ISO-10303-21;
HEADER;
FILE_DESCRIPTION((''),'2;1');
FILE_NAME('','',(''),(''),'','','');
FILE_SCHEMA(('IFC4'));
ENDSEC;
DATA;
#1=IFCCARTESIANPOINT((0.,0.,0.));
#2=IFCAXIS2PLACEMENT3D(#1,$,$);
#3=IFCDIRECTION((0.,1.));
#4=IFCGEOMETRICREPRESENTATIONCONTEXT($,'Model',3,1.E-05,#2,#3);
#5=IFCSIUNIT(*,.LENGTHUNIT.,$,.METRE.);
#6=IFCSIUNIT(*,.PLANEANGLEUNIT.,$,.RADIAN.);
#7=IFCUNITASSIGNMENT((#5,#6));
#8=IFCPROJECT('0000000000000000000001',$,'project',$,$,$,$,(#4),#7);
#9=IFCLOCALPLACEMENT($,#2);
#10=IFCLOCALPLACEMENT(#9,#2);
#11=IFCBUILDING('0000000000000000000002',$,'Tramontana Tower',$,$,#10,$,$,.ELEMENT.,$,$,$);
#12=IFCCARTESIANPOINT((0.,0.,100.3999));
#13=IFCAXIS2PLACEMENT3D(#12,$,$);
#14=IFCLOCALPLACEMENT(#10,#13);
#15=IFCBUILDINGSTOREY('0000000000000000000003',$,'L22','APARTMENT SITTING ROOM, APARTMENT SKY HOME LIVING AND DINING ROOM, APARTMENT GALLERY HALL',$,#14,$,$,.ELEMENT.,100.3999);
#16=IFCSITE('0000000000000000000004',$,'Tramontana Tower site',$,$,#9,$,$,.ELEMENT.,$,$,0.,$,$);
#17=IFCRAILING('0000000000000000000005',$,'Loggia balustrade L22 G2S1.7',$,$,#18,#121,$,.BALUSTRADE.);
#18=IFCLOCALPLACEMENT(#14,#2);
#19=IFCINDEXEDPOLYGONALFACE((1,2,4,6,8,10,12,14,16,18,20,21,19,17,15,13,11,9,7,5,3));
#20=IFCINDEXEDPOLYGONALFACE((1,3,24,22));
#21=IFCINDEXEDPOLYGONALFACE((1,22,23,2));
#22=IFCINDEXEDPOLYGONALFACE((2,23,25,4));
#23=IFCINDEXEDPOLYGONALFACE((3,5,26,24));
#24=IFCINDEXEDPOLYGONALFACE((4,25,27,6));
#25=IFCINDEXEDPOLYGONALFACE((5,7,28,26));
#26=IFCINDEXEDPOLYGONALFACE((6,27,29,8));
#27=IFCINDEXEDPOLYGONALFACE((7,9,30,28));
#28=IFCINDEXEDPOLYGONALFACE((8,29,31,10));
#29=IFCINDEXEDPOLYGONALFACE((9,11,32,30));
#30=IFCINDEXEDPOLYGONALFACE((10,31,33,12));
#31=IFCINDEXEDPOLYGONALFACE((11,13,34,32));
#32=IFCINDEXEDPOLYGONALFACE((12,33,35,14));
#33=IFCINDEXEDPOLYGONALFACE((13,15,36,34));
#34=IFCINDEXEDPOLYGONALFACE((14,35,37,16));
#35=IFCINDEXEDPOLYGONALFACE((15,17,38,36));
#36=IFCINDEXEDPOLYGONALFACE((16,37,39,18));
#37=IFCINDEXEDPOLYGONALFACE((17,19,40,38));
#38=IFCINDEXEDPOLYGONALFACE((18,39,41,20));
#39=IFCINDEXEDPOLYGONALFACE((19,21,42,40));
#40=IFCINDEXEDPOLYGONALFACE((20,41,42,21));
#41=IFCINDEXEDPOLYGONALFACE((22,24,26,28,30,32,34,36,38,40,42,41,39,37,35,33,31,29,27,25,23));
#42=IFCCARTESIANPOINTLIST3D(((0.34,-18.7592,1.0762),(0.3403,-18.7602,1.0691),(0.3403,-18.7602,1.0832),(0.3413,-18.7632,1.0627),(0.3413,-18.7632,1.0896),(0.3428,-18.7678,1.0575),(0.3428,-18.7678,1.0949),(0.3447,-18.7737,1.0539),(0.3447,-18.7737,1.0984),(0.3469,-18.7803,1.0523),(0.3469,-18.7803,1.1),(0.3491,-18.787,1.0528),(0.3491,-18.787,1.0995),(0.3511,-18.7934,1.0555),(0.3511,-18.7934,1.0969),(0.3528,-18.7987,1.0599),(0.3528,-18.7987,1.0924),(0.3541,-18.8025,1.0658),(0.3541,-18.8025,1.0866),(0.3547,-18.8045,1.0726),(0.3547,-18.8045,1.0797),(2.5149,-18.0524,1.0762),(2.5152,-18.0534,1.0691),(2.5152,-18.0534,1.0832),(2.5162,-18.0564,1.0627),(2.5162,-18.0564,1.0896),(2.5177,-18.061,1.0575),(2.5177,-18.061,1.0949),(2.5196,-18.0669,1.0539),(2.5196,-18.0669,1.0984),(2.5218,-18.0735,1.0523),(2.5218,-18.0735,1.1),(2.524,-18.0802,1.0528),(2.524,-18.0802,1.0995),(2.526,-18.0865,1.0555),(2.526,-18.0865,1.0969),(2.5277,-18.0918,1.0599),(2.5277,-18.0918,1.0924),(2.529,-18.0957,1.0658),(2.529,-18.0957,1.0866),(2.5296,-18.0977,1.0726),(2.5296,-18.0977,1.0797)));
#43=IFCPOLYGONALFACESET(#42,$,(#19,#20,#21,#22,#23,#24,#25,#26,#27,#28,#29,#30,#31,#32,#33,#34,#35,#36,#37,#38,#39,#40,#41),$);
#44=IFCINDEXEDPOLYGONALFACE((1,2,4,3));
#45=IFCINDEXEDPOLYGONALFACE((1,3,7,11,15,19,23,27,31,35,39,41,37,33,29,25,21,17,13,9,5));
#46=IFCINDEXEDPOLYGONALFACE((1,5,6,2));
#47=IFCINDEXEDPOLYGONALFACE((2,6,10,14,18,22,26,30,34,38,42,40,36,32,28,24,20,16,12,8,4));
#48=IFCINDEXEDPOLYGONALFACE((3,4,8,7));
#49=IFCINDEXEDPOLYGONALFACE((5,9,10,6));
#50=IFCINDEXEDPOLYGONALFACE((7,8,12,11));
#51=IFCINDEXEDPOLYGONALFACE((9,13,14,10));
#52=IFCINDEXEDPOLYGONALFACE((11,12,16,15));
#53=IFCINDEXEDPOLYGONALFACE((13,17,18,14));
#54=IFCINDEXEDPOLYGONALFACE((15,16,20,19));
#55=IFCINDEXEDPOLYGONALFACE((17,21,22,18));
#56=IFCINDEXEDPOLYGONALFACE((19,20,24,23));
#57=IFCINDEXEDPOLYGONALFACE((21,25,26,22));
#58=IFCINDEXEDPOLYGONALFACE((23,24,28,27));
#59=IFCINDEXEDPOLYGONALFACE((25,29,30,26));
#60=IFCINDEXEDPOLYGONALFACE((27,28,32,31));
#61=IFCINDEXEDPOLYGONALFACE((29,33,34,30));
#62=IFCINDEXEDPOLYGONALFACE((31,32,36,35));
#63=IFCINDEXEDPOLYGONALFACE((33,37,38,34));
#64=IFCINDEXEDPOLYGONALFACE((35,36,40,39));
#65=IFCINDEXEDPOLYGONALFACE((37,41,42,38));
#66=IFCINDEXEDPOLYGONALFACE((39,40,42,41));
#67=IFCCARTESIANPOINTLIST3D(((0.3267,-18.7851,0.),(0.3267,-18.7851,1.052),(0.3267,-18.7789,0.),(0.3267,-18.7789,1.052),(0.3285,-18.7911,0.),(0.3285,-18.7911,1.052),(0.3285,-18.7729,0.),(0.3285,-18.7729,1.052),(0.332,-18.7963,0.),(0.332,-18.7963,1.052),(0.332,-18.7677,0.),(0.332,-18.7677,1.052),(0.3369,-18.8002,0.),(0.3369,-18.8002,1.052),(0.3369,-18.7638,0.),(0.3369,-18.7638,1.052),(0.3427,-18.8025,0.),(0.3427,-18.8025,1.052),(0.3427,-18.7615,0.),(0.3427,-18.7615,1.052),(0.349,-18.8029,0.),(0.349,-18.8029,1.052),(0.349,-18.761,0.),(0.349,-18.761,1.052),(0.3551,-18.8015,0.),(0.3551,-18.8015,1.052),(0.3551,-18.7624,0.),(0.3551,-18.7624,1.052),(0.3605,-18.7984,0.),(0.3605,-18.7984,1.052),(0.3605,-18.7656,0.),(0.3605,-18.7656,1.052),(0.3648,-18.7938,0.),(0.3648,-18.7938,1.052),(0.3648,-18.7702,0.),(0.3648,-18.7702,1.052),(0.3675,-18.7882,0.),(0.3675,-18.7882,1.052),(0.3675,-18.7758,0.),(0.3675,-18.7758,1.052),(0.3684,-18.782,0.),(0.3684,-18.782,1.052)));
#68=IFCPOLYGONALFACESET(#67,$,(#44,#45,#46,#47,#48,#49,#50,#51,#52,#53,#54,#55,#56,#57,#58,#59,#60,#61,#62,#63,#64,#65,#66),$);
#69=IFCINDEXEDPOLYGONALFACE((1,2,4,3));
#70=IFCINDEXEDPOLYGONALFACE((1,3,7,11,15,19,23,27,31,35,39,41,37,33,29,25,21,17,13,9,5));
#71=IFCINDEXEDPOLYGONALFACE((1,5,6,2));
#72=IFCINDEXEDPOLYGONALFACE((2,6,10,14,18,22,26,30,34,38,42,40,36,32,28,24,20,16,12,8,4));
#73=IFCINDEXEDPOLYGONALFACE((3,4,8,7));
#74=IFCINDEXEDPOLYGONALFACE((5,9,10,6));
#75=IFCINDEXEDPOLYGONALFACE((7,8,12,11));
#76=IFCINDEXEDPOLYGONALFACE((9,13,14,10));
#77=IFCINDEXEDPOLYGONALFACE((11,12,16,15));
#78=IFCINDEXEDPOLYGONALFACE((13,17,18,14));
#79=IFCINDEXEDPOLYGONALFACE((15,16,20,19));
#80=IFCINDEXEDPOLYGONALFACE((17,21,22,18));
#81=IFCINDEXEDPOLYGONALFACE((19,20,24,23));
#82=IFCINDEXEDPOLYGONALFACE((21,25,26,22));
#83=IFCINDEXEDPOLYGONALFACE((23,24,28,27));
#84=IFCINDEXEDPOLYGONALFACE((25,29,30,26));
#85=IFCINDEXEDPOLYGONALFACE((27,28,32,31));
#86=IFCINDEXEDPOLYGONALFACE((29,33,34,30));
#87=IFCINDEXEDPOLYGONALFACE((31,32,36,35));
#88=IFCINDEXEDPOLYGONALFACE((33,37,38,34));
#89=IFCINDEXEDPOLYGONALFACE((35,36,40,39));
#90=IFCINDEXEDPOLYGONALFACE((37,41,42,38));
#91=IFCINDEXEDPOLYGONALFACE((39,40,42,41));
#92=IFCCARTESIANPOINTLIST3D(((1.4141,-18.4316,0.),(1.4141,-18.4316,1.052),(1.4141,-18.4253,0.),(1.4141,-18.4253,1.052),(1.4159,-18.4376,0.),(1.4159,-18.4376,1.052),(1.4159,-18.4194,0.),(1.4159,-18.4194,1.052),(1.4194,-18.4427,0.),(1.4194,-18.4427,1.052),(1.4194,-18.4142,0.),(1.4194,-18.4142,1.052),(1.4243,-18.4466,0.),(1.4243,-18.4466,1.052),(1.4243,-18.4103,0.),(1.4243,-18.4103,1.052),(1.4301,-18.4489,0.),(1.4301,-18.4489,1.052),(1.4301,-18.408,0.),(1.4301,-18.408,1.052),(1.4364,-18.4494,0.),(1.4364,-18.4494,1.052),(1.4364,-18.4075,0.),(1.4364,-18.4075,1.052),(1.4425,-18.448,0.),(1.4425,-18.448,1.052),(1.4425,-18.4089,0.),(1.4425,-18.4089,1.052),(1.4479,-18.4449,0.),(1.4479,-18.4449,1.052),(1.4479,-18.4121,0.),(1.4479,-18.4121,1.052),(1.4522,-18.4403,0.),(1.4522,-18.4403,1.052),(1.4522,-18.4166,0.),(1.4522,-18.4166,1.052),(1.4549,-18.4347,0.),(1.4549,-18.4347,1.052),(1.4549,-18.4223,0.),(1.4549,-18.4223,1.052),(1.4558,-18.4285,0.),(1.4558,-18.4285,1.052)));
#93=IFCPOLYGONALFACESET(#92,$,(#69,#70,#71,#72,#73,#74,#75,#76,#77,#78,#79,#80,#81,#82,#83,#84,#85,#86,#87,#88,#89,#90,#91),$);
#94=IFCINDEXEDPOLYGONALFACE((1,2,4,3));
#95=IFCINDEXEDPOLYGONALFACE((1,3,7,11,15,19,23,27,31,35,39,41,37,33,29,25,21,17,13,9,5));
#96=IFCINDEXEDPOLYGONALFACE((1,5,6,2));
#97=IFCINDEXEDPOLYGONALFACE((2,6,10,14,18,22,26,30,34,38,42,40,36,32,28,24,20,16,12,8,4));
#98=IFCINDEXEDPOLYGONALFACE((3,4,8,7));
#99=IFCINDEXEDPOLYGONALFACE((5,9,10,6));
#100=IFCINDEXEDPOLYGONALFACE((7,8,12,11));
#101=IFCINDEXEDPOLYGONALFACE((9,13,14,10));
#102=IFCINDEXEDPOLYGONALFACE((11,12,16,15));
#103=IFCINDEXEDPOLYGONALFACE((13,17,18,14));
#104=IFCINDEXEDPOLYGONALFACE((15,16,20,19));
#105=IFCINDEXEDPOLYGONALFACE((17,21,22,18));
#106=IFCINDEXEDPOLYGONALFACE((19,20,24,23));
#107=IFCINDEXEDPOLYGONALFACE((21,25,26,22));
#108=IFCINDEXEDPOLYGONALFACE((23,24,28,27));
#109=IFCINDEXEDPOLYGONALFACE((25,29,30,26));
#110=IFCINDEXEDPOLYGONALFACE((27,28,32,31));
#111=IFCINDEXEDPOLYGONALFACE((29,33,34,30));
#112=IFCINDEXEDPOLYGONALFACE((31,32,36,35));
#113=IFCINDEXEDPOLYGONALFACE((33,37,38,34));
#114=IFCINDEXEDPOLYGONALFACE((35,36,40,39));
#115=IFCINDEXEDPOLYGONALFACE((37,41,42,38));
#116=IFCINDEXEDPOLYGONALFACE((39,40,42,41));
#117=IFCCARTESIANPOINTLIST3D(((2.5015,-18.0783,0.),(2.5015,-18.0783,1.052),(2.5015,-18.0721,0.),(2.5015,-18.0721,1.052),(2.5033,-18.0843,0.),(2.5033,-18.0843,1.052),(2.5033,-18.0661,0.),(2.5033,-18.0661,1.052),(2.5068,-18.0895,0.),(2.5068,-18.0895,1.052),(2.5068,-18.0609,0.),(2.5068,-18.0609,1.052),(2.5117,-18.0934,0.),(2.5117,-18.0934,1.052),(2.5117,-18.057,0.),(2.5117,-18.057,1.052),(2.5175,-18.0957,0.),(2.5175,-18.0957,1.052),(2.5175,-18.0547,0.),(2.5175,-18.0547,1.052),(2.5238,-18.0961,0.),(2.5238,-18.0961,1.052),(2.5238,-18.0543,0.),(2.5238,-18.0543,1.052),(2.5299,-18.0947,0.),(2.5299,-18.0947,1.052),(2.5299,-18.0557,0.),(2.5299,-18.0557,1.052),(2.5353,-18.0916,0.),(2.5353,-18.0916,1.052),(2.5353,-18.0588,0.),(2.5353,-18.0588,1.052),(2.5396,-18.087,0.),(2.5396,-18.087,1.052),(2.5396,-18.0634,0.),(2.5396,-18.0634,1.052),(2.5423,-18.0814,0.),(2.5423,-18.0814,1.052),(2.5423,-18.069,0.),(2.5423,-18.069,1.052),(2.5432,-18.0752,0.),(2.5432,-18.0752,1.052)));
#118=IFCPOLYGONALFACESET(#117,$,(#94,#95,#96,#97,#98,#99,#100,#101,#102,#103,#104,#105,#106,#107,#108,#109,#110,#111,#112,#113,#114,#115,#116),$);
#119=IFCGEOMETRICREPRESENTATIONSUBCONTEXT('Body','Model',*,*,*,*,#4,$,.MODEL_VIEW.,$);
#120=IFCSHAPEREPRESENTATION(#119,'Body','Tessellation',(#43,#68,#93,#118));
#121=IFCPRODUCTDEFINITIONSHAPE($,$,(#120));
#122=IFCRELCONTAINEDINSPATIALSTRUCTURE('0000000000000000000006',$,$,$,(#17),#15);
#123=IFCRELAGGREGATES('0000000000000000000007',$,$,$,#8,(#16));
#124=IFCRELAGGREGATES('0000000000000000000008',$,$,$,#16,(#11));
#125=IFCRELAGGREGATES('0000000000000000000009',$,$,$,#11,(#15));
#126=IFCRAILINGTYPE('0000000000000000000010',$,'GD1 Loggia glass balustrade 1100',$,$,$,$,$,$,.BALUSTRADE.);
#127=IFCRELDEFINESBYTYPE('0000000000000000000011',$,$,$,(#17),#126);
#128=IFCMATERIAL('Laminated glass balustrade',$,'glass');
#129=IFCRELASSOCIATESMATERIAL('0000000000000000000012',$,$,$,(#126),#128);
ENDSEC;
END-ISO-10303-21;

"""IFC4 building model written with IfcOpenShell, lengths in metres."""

from ifc_helpers import new_model, si_unit, direction, frame, origin, origin_2d, place, context, subcontext, project, spatial, circle, extrude, material, type_object, element, save


model = new_model("IFC4")

# Units and contexts
model_context = context("Model", 3, precision=1e-05, world=origin(), true_north=direction((0.0, 1.0)))
body_context = subcontext(model_context, "Body", "Model", "MODEL_VIEW")
ifc_project = project(units=[si_unit("LENGTHUNIT", "METRE"), si_unit("PLANEANGLEUNIT", "RADIAN")], contexts=[model_context])

# Site, building, storey
site_placement = place(None, origin())
site = spatial("IfcSite", under=ifc_project, at=site_placement, Name="Tramontana Tower site", CompositionType="ELEMENT", RefElevation=0.0)
building_placement = place(site_placement, origin())
building = spatial("IfcBuilding", under=site, at=building_placement, Name="Tramontana Tower", CompositionType="ELEMENT")
storey_placement = place(building_placement, frame((0.0, 0.0, 100.3999)))
storey = spatial("IfcBuildingStorey", under=building, at=storey_placement, Name="L22", Description="APARTMENT SITTING ROOM, APARTMENT SKY HOME LIVING AND DINING ROOM, APARTMENT GALLERY HALL", CompositionType="ELEMENT", Elevation=100.3999)

# Railing
ifc_material_1 = material(Name="Laminated glass balustrade", Category="glass")
railing_type = type_object("IfcRailingType", Name="GD1 Loggia glass balustrade 1100", PredefinedType="BALUSTRADE", material=ifc_material_1)
railing_1_placement = place(storey_placement, frame((0.3474, -18.782, 0.0)))
element("IfcRailing", 1, at=railing_1_placement, inside=storey, type_object=railing_type, Name="Loggia balustrade L22 G2S1.7", PredefinedType="BALUSTRADE", context=body_context, shape_type="SweptSolid", body=[
    extrude(circle(Radius=0.0239, at=origin_2d()), frame((0.0, 0.0, 1.0762), z_axis=(0.951037, 0.309076, 0.0), x_axis=(-0.309076, 0.951037, 0.0)), (0.0, 0.0, 1.0), 2.2869),
    extrude(circle(Radius=0.021, at=origin_2d()), origin(), (0.0, 0.0, 1.0), 1.052),
    extrude(circle(Radius=0.021, at=origin_2d()), frame((1.0874, 0.3535, 0.0)), (0.0, 0.0, 1.0), 1.052),
    extrude(circle(Radius=0.021, at=origin_2d()), frame((2.1748, 0.7068, 0.0)), (0.0, 0.0, 1.0), 1.052),
])

save(model, "model.ifc")
